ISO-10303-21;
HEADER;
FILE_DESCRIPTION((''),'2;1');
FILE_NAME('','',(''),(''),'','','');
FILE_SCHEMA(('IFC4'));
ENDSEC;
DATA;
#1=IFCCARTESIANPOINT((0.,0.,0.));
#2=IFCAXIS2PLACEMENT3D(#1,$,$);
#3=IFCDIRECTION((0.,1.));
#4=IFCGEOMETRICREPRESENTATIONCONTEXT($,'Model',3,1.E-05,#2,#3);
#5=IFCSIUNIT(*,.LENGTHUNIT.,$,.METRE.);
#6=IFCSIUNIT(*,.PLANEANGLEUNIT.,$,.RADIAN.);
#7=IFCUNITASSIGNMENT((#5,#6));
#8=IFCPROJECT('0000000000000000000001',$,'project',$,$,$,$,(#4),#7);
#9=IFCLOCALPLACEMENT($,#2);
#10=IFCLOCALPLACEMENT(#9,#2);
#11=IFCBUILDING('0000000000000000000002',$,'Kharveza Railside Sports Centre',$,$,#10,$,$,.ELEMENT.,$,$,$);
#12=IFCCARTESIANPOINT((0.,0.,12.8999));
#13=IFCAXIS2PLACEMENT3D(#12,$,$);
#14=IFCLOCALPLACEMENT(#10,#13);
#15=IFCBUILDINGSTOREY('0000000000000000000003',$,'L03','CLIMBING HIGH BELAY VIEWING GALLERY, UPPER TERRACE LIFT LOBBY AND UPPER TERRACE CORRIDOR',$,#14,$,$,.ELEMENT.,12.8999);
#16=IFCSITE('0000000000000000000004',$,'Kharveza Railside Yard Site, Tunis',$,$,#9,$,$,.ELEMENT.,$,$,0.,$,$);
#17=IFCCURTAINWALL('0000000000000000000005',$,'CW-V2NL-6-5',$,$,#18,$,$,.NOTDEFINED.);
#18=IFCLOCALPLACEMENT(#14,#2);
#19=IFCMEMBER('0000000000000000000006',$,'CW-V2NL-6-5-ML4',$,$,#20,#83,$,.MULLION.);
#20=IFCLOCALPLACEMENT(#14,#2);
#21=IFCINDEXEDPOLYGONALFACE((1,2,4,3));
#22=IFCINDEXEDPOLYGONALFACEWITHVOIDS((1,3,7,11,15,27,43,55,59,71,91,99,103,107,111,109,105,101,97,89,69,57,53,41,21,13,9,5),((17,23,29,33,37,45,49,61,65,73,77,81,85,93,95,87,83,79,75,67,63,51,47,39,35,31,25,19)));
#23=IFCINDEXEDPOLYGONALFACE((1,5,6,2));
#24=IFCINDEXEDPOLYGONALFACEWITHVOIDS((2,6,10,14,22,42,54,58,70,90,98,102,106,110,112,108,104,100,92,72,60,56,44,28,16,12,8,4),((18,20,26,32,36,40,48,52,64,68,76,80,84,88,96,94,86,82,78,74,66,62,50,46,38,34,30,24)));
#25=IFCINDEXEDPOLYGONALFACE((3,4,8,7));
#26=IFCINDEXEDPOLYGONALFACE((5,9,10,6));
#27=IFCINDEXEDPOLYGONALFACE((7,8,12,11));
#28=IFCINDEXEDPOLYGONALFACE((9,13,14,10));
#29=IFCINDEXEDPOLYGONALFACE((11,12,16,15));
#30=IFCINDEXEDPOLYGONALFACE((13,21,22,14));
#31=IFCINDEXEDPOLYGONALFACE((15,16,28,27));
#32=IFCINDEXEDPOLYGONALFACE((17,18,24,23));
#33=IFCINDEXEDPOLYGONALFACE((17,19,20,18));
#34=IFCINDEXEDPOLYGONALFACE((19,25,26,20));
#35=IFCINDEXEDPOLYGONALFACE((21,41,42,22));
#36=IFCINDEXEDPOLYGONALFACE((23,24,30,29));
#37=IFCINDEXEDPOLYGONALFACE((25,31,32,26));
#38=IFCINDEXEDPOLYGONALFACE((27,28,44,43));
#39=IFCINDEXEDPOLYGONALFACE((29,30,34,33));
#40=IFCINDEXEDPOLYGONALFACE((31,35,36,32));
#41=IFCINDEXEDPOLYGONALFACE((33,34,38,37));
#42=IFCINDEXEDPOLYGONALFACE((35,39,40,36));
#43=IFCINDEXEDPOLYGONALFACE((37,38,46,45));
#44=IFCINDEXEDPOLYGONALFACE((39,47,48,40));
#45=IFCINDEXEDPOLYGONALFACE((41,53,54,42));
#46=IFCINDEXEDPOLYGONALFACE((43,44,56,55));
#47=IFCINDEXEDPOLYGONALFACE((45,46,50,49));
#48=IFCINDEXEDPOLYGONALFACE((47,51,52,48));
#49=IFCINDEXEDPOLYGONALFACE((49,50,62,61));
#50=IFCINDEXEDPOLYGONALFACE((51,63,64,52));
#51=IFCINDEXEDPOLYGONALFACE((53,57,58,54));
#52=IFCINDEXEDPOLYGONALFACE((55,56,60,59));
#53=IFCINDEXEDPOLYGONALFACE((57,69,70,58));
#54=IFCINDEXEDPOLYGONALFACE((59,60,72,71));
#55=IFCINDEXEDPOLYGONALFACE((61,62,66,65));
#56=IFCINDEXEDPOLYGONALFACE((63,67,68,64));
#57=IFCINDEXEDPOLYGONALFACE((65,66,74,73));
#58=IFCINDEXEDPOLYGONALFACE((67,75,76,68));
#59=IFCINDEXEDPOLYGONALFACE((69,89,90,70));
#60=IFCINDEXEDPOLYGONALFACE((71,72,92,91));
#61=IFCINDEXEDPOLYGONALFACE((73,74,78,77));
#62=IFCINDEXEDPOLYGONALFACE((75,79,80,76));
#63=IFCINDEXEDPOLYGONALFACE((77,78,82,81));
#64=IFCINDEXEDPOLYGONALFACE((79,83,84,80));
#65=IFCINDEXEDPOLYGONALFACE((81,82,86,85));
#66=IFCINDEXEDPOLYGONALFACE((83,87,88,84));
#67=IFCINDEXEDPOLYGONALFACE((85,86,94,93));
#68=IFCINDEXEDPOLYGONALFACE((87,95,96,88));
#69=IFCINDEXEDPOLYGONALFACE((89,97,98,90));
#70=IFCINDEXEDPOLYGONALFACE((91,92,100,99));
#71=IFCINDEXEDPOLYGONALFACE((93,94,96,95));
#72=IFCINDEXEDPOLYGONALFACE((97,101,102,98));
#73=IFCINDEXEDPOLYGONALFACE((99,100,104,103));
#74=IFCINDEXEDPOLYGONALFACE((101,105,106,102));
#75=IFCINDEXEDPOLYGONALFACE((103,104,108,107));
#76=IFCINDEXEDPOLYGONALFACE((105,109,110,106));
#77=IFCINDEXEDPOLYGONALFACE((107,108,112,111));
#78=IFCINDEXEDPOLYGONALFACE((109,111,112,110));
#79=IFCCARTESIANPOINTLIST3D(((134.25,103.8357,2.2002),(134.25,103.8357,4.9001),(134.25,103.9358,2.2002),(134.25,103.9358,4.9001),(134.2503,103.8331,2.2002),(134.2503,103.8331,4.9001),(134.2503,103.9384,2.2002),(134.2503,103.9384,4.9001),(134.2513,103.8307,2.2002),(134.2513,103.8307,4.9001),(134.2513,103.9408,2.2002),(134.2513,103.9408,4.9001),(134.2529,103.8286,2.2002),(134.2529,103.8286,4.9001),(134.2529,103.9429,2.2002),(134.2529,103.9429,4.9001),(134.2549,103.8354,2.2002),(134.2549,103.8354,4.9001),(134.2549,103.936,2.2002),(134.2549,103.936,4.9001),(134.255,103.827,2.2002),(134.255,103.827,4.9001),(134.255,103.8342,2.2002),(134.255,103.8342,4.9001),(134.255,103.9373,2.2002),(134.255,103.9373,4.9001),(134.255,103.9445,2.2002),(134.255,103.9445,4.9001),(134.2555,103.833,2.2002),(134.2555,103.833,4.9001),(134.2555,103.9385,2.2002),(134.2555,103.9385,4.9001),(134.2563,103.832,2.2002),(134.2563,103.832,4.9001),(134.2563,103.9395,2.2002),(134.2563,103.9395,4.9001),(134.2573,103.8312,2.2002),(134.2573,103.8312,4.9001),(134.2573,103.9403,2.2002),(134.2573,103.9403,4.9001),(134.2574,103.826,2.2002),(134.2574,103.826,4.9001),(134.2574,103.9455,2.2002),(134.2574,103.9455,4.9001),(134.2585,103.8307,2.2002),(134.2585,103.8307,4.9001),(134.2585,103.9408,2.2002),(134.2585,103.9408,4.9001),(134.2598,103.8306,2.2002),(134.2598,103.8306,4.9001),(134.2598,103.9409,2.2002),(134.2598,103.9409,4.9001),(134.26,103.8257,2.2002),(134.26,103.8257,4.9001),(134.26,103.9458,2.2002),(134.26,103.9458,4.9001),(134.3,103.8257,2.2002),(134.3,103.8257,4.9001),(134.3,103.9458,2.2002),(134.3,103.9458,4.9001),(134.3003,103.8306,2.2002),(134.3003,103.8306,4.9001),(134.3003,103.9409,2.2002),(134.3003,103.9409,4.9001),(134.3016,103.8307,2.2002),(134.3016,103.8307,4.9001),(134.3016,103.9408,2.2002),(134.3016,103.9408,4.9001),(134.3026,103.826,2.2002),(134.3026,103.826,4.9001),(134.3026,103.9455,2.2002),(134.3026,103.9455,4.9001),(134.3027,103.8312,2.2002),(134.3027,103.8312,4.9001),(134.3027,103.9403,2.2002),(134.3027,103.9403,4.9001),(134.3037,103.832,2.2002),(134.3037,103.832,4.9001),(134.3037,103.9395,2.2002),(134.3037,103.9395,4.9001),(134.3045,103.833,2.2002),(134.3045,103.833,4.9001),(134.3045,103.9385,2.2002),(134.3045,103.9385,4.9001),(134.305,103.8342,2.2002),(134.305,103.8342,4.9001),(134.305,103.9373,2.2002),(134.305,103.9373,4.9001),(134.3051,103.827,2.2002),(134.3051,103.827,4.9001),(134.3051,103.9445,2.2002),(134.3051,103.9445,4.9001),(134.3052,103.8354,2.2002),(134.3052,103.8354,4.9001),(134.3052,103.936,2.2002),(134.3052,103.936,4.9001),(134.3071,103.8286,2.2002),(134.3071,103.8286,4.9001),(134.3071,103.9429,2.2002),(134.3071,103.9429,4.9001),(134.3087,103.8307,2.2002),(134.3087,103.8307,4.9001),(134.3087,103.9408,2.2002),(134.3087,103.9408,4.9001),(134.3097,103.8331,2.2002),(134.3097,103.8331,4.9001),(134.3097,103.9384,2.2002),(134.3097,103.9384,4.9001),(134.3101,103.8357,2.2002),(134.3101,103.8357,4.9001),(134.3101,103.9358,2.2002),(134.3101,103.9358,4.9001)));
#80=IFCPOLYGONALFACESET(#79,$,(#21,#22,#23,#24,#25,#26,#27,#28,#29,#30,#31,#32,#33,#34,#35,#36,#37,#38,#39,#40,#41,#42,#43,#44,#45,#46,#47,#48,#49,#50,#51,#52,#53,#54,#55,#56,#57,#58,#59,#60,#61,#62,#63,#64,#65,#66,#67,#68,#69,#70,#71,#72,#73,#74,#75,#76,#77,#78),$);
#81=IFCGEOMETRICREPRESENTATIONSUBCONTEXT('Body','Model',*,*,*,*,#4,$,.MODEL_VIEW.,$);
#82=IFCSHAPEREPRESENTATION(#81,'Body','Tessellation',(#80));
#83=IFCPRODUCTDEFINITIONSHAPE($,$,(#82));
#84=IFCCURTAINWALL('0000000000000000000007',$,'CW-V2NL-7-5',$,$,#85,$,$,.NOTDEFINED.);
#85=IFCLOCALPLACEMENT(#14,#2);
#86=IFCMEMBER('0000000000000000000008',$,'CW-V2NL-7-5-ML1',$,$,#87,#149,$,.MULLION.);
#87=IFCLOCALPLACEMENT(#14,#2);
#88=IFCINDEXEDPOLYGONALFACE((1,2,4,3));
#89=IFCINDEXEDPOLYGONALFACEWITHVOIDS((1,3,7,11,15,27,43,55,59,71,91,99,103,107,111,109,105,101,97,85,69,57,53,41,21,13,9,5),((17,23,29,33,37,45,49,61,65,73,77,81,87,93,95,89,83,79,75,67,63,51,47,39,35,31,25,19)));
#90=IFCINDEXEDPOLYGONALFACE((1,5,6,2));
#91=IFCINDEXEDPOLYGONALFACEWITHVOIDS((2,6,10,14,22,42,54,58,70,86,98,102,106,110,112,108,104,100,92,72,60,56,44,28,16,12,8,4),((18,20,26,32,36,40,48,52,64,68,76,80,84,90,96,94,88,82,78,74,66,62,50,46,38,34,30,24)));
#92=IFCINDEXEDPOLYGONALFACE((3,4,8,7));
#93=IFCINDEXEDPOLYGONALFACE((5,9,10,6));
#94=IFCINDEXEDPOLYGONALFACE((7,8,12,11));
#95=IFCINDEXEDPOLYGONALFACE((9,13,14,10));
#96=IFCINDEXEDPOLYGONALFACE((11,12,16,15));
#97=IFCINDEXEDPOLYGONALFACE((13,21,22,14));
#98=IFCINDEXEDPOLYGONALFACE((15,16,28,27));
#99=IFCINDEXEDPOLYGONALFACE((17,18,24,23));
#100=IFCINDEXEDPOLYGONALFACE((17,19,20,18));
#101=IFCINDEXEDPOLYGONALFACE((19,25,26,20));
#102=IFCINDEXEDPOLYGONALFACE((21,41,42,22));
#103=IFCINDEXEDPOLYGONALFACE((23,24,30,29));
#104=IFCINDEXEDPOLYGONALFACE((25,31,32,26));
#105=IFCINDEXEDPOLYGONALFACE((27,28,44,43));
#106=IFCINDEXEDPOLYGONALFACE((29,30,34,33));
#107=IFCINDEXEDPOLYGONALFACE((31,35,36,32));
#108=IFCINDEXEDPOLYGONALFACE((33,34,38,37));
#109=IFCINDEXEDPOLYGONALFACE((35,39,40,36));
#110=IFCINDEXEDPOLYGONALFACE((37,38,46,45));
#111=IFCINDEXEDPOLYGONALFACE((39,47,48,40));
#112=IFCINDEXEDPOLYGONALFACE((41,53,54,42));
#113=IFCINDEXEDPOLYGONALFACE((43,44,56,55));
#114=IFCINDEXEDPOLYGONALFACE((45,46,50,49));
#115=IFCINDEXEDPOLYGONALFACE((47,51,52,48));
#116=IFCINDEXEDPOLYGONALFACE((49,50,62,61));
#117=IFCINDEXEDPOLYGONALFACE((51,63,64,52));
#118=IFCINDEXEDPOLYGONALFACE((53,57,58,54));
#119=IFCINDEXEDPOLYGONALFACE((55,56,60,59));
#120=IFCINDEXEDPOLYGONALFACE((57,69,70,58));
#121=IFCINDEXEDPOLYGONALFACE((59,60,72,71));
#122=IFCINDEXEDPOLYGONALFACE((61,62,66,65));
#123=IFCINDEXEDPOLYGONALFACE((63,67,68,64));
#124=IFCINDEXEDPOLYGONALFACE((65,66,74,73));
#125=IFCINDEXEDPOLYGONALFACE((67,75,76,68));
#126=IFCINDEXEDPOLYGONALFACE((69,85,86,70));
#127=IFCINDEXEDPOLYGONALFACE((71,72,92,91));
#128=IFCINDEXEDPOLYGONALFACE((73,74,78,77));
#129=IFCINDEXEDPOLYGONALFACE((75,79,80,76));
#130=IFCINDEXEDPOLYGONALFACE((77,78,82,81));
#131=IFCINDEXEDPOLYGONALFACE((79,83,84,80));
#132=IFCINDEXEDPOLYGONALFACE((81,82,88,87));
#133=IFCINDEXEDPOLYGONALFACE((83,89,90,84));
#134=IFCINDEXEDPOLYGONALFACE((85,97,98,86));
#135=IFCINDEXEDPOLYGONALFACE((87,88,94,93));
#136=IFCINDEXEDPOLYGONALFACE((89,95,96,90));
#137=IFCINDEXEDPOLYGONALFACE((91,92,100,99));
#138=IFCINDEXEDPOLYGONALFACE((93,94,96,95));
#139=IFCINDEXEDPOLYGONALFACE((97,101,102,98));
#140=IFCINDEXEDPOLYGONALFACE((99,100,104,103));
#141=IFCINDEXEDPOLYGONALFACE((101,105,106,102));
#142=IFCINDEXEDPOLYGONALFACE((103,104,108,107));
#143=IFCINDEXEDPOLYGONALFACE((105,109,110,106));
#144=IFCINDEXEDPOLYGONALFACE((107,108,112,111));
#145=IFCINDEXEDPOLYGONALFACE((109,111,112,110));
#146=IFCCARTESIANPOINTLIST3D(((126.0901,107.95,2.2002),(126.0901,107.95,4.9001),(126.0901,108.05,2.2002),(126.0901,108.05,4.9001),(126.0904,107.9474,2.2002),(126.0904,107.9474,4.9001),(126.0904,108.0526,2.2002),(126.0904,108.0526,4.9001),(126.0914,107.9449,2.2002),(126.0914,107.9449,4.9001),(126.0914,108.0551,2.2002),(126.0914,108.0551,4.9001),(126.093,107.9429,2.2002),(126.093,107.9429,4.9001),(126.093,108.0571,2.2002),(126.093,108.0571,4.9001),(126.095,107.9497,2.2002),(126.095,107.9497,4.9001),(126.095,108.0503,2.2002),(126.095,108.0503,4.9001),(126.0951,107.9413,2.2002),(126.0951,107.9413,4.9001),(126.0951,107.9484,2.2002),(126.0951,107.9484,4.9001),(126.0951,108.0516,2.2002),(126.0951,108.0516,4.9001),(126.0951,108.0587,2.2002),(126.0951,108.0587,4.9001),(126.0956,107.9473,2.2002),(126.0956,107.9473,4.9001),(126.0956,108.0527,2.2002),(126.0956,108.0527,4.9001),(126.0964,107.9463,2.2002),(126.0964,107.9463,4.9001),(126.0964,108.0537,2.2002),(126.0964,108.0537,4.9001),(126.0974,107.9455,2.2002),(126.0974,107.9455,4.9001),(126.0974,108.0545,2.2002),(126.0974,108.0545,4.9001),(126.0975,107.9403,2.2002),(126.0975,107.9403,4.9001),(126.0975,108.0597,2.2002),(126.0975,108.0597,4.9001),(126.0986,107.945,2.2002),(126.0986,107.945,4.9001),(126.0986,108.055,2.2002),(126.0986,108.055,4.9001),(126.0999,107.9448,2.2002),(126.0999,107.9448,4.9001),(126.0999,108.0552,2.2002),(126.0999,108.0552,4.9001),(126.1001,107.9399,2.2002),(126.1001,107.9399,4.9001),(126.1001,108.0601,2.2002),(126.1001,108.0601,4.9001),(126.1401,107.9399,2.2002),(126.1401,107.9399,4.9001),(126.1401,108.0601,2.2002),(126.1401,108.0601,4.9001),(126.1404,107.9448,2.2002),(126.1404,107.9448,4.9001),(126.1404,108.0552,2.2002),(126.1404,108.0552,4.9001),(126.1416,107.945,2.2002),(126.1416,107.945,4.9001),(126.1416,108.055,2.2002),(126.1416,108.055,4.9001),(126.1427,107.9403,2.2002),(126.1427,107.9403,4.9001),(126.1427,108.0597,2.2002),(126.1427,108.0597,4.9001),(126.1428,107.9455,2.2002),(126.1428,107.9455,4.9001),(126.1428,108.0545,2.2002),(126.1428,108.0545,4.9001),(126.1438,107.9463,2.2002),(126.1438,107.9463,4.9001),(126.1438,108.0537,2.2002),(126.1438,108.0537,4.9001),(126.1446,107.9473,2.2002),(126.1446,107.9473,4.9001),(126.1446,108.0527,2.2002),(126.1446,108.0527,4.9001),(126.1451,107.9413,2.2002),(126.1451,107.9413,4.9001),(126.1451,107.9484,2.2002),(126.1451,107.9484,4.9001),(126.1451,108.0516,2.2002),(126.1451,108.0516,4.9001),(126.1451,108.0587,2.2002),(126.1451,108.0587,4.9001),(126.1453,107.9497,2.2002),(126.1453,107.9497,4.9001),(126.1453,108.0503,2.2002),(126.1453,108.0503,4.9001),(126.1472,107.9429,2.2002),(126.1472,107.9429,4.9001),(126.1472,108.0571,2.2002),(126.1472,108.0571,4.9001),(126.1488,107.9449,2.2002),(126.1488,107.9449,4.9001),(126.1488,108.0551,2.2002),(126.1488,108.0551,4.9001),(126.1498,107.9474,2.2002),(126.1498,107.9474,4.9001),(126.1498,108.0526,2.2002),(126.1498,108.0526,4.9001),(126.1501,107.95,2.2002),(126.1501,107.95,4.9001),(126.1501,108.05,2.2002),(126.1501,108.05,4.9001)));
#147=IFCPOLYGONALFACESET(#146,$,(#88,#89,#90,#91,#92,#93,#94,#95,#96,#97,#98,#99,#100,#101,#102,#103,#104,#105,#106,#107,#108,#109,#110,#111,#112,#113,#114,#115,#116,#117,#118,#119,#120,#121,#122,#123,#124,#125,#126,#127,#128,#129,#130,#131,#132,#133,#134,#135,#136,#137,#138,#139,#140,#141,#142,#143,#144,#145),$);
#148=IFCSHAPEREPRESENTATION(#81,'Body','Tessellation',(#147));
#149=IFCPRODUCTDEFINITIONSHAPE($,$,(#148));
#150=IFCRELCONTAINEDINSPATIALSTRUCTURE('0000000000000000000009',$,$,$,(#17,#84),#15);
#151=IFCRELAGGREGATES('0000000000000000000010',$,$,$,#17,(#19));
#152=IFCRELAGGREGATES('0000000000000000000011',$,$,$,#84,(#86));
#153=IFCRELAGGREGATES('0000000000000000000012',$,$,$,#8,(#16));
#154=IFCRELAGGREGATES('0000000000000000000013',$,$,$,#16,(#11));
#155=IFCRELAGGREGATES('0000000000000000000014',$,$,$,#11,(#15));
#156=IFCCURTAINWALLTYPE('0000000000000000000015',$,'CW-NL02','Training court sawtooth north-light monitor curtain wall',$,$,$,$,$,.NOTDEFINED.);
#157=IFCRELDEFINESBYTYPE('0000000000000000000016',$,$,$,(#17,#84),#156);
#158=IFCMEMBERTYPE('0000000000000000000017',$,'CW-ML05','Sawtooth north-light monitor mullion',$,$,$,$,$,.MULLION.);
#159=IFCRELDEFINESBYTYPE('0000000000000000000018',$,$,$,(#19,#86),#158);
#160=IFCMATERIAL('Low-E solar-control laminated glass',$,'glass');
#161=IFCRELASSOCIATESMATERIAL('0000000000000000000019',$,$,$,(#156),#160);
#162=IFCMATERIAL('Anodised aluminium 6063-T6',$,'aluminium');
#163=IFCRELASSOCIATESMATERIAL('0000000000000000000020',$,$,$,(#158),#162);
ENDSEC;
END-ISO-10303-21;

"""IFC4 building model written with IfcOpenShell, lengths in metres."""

from ifc_helpers import new_model, si_unit, direction, frame, origin, origin_2d, place, context, subcontext, project, spatial, hollow_rectangle, extrude, material, material_profile, profile_set, type_object, element, aggregate, save


model = new_model("IFC4")

# Units and contexts
model_context = context("Model", 3, precision=1e-05, world=origin(), true_north=direction((0.0, 1.0)))
body_context = subcontext(model_context, "Body", "Model", "MODEL_VIEW")
ifc_project = project(units=[si_unit("LENGTHUNIT", "METRE"), si_unit("PLANEANGLEUNIT", "RADIAN")], contexts=[model_context])

# Site, building, storey
site_placement = place(None, origin())
site = spatial("IfcSite", under=ifc_project, at=site_placement, Name="Kharveza Railside Yard Site, Tunis", CompositionType="ELEMENT", RefElevation=0.0)
building_placement = place(site_placement, origin())
building = spatial("IfcBuilding", under=site, at=building_placement, Name="Kharveza Railside Sports Centre", CompositionType="ELEMENT")
storey_placement = place(building_placement, frame((0.0, 0.0, 12.8999)))
storey = spatial("IfcBuildingStorey", under=building, at=storey_placement, Name="L03", Description="CLIMBING HIGH BELAY VIEWING GALLERY, UPPER TERRACE LIFT LOBBY AND UPPER TERRACE CORRIDOR", CompositionType="ELEMENT", Elevation=12.8999)

# Curtain walls, members
ifc_material_1 = material(Name="Low-E solar-control laminated glass", Category="glass")
curtain_wall_type = type_object("IfcCurtainWallType", Name="CW-NL02", Description="Training court sawtooth north-light monitor curtain wall", PredefinedType="NOTDEFINED", material=ifc_material_1)
curtain_wall_1_placement = place(storey_placement, origin())
curtain_wall_1 = element("IfcCurtainWall", 1, at=curtain_wall_1_placement, inside=storey, type_object=curtain_wall_type, Name="CW-V2NL-6-5", PredefinedType="NOTDEFINED")
ifc_material_2 = material(Name="Anodised aluminium 6063-T6", Category="aluminium")
ifc_material_profile_1 = material_profile(ifc_material_2, hollow_rectangle(XDim=0.0601, YDim=0.1201, WallThickness=0.0049, InnerFilletRadius=0.0049, OuterFilletRadius=0.01, at=origin_2d()), Name="RHS 60x120x5.0")
ifc_profile_set_1 = profile_set([ifc_material_profile_1], Name="Anodised aluminium 6063-T6")
member_type_1 = type_object("IfcMemberType", Name="CW-ML05", Description="Sawtooth north-light monitor mullion", PredefinedType="MULLION", material=ifc_profile_set_1)
member_1_placement = place(storey_placement, frame((134.28, 103.8857, 2.2002), z_axis=(0.0, 0.0, 1.0), x_axis=(1.0, 0.0, 0.0)))
member_1 = element("IfcMember", 2, at=member_1_placement, type_object=member_type_1, Name="CW-V2NL-6-5-ML4", PredefinedType="MULLION", context=body_context, shape_type="SweptSolid", body=[
    extrude(hollow_rectangle(XDim=0.0601, YDim=0.1201, WallThickness=0.0049, InnerFilletRadius=0.0049, OuterFilletRadius=0.01, at=origin_2d()), origin(), (0.0, 0.0, 1.0), 2.7),
])
curtain_wall_2_placement = place(storey_placement, origin())
curtain_wall_2 = element("IfcCurtainWall", 3, at=curtain_wall_2_placement, inside=storey, type_object=curtain_wall_type, Name="CW-V2NL-7-5", PredefinedType="NOTDEFINED")
member_2_placement = place(storey_placement, frame((126.1201, 108.0, 2.2002), z_axis=(0.0, 0.0, 1.0), x_axis=(1.0, 0.0, 0.0)))
member_2 = element("IfcMember", 4, at=member_2_placement, type_object=member_type_1, Name="CW-V2NL-7-5-ML1", PredefinedType="MULLION", context=body_context, shape_type="SweptSolid", body=[
    extrude(hollow_rectangle(XDim=0.0601, YDim=0.1201, WallThickness=0.0049, InnerFilletRadius=0.0049, OuterFilletRadius=0.01, at=origin_2d()), origin(), (0.0, 0.0, 1.0), 2.7),
])

aggregate(curtain_wall_1, [member_1])
aggregate(curtain_wall_2, [member_2])

save(model, "model.ifc")
